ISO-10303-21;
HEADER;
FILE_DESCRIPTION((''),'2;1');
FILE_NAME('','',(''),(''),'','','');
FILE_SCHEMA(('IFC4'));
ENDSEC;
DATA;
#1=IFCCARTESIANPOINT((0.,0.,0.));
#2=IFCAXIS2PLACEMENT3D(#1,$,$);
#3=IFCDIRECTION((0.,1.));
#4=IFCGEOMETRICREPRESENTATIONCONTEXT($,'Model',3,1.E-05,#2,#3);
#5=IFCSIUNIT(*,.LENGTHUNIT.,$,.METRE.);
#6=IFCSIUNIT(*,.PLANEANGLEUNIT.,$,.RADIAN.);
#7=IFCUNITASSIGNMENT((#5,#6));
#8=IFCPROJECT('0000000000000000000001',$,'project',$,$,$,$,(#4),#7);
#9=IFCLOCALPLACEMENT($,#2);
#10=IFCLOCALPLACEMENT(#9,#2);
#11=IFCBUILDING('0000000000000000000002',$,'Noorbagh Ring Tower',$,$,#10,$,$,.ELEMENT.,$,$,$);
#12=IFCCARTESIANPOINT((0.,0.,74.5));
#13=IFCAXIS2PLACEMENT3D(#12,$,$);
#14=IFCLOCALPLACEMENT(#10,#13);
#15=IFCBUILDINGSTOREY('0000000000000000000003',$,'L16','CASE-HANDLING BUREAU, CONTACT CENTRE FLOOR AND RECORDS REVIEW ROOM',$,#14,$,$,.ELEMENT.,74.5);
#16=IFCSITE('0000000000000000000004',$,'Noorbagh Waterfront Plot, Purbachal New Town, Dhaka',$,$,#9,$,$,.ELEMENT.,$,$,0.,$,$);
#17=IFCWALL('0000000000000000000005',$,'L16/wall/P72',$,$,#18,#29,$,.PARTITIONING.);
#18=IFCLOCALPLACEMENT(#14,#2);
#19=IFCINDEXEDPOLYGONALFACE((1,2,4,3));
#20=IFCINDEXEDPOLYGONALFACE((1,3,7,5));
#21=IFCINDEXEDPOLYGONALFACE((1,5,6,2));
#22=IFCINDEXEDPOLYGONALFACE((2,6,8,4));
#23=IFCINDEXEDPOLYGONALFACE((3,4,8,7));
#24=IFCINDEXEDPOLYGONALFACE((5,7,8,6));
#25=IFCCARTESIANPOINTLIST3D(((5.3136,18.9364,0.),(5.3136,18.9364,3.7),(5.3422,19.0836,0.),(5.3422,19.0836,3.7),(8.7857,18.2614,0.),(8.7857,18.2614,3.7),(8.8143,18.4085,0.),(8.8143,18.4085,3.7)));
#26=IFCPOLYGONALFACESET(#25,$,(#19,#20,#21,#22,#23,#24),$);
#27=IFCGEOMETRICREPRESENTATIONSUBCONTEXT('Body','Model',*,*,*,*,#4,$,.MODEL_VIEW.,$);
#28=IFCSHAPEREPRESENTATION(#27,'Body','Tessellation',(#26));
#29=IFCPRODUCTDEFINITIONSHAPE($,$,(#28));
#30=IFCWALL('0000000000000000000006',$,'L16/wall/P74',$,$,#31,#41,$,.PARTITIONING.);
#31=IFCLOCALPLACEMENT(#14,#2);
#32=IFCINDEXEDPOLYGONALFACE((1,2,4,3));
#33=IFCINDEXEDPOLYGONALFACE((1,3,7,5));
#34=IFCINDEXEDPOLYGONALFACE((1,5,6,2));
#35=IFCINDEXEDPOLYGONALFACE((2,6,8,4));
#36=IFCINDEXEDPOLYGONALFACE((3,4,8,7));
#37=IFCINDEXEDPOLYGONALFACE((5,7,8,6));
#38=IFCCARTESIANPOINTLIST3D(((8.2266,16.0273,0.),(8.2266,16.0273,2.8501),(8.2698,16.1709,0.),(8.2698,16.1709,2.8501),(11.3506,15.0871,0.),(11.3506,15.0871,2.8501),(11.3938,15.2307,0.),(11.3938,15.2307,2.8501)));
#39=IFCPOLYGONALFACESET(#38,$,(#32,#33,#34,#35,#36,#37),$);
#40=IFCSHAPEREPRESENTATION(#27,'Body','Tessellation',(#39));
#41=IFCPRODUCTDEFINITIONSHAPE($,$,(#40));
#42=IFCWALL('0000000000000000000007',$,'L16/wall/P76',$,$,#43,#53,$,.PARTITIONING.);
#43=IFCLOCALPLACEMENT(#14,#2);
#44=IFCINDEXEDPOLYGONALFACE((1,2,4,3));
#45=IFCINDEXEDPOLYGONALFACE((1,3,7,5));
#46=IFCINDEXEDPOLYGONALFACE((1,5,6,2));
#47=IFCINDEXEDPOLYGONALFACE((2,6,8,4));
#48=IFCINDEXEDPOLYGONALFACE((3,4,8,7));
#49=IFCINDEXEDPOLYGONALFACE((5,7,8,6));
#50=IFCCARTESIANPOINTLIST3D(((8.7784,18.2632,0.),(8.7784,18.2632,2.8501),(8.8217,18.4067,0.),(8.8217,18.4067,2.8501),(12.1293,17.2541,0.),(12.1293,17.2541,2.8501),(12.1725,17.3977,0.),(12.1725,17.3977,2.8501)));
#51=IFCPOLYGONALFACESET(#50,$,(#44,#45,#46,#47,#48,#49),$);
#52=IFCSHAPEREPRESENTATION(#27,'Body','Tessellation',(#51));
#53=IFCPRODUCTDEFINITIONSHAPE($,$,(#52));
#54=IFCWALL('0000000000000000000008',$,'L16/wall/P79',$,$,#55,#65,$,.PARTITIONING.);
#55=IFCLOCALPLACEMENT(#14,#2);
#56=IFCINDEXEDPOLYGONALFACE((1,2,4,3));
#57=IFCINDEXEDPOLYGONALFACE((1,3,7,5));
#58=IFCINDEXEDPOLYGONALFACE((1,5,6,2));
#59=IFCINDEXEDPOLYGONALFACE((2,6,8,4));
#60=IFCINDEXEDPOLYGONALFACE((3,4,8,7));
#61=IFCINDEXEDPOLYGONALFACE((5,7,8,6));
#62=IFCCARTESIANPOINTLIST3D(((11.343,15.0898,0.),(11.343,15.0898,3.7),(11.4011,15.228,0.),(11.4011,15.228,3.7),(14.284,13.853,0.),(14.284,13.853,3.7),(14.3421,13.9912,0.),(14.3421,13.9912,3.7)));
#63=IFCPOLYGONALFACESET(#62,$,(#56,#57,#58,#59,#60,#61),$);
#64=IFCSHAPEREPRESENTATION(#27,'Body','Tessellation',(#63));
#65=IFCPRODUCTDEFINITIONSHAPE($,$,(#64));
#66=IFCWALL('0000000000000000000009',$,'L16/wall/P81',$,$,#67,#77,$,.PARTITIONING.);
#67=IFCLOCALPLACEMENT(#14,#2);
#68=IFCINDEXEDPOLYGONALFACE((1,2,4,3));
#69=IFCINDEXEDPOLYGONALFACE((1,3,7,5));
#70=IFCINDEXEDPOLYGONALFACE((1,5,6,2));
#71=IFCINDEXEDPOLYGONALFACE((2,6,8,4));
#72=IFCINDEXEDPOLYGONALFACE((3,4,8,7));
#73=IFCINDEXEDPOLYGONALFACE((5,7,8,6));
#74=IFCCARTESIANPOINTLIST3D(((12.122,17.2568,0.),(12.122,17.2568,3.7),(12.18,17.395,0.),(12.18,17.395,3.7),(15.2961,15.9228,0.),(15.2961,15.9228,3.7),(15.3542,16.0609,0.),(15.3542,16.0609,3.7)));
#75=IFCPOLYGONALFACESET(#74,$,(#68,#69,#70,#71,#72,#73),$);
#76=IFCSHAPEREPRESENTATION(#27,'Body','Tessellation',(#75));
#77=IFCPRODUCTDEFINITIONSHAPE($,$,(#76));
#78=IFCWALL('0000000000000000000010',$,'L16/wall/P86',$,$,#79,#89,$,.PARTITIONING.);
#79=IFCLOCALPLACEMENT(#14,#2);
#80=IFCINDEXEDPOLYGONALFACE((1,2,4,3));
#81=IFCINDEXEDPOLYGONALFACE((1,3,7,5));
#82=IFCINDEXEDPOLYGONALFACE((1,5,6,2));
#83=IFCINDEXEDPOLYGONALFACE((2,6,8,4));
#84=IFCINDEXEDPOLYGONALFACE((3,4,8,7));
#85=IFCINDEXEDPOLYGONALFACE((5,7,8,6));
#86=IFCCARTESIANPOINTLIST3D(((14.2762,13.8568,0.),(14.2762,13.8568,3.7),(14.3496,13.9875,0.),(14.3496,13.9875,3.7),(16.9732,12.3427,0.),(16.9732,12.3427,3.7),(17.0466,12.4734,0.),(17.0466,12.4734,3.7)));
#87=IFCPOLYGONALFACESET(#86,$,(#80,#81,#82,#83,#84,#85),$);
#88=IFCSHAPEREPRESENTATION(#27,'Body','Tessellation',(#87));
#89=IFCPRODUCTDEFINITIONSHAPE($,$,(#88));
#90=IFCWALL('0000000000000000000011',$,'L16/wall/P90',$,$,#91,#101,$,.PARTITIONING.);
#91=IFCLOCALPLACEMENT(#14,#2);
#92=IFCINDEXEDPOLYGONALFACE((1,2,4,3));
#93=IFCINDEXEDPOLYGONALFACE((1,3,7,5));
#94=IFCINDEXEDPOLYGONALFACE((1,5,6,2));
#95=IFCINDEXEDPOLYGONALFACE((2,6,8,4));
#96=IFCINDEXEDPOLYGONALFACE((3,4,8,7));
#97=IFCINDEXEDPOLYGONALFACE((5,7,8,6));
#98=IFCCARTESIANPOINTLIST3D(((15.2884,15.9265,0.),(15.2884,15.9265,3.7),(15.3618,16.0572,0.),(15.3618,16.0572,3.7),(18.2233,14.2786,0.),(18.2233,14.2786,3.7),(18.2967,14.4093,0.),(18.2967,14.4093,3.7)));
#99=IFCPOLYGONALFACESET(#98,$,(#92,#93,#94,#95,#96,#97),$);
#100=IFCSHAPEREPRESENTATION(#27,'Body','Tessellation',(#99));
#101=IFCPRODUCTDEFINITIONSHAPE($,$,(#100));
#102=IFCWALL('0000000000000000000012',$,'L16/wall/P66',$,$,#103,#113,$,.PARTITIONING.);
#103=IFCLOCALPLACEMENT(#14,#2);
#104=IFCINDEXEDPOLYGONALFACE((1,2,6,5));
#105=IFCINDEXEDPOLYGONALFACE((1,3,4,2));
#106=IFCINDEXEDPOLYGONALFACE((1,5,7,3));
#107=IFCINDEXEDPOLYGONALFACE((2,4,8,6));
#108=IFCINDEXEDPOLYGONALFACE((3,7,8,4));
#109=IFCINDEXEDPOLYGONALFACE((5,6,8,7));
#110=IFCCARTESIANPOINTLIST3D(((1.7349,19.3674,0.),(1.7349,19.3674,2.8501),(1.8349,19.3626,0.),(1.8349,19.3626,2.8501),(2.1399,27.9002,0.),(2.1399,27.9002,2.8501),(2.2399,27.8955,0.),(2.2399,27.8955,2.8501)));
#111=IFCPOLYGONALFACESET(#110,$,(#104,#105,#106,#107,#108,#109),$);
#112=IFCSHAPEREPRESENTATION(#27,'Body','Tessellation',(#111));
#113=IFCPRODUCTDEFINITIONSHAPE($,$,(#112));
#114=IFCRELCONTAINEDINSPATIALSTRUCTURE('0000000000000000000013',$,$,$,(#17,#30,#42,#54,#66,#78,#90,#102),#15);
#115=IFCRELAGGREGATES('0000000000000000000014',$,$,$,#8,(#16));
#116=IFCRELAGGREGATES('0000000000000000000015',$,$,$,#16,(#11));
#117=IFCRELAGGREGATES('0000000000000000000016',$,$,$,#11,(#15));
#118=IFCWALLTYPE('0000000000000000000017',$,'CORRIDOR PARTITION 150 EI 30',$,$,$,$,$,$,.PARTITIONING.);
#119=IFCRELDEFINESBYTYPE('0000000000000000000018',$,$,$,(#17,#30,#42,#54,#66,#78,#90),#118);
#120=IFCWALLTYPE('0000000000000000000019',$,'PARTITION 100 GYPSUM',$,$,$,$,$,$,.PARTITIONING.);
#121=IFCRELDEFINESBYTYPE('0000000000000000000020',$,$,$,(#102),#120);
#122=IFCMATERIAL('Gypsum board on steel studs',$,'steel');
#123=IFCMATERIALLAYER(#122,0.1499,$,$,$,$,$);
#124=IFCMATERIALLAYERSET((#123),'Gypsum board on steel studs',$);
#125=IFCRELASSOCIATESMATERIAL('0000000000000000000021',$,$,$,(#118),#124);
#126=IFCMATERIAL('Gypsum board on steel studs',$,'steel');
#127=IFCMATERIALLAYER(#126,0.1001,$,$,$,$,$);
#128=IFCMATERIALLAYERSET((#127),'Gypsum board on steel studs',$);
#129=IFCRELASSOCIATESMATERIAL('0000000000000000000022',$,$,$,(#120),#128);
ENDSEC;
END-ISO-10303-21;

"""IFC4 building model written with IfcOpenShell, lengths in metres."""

from ifc_helpers import new_model, si_unit, direction, frame, frame_2d, origin, place, context, subcontext, project, spatial, rectangle, extrude, material, layer, layer_set, type_object, element, save


model = new_model("IFC4")

# Units and contexts
model_context = context("Model", 3, precision=1e-05, world=origin(), true_north=direction((0.0, 1.0)))
body_context = subcontext(model_context, "Body", "Model", "MODEL_VIEW")
ifc_project = project(units=[si_unit("LENGTHUNIT", "METRE"), si_unit("PLANEANGLEUNIT", "RADIAN")], contexts=[model_context])

# Site, building, storey
site_placement = place(None, origin())
site = spatial("IfcSite", under=ifc_project, at=site_placement, Name="Noorbagh Waterfront Plot, Purbachal New Town, Dhaka", CompositionType="ELEMENT", RefElevation=0.0)
building_placement = place(site_placement, origin())
building = spatial("IfcBuilding", under=site, at=building_placement, Name="Noorbagh Ring Tower", CompositionType="ELEMENT")
storey_placement = place(building_placement, frame((0.0, 0.0, 74.5)))
storey = spatial("IfcBuildingStorey", under=building, at=storey_placement, Name="L16", Description="CASE-HANDLING BUREAU, CONTACT CENTRE FLOOR AND RECORDS REVIEW ROOM", CompositionType="ELEMENT", Elevation=74.5)

# Shared definitions
ifc_material_1 = material(Name="Gypsum board on steel studs", Category="steel")
ifc_layer_1 = layer(ifc_material_1, 0.1499)
ifc_layer_set_1 = layer_set([ifc_layer_1], Name="Gypsum board on steel studs")
wall_type_1 = type_object("IfcWallType", Name="CORRIDOR PARTITION 150 EI 30", PredefinedType="PARTITIONING", material=ifc_layer_set_1)

# Walls
wall_1_placement = place(storey_placement, frame((5.3279, 19.01, 0.0), z_axis=(0.0, 0.0, 1.0), x_axis=(0.98162, -0.190844, 0.0)))
element("IfcWall", 1, at=wall_1_placement, inside=storey, type_object=wall_type_1, Name="L16/wall/P72", PredefinedType="PARTITIONING", context=body_context, shape_type="SweptSolid", body=[
    extrude(rectangle(XDim=3.5371, YDim=0.1499, at=frame_2d((1.7686, 0.0))), origin(), (0.0, 0.0, 1.0), 3.7),
])
wall_2_placement = place(storey_placement, frame((8.248, 16.0991, 0.0), z_axis=(0.0, 0.0, 1.0), x_axis=(0.957575, -0.288185, 0.0)))
element("IfcWall", 2, at=wall_2_placement, inside=storey, type_object=wall_type_1, Name="L16/wall/P74", PredefinedType="PARTITIONING", context=body_context, shape_type="SweptSolid", body=[
    extrude(rectangle(XDim=3.2625, YDim=0.1499, at=frame_2d((1.6313, 0.0))), origin(), (0.0, 0.0, 1.0), 2.8501),
])
wall_3_placement = place(storey_placement, frame((8.8, 18.335, 0.0), z_axis=(0.0, 0.0, 1.0), x_axis=(0.957528, -0.28834, 0.0)))
element("IfcWall", 3, at=wall_3_placement, inside=storey, type_object=wall_type_1, Name="L16/wall/P76", PredefinedType="PARTITIONING", context=body_context, shape_type="SweptSolid", body=[
    extrude(rectangle(XDim=3.4995, YDim=0.1499, at=frame_2d((1.7498, 0.0))), origin(), (0.0, 0.0, 1.0), 2.8501),
])
wall_4_placement = place(storey_placement, frame((11.3721, 15.1589, 0.0), z_axis=(0.0, 0.0, 1.0), x_axis=(0.9218, -0.387667, 0.0)))
element("IfcWall", 4, at=wall_4_placement, inside=storey, type_object=wall_type_1, Name="L16/wall/P79", PredefinedType="PARTITIONING", context=body_context, shape_type="SweptSolid", body=[
    extrude(rectangle(XDim=3.1904, YDim=0.1499, at=frame_2d((1.5952, 0.0))), origin(), (0.0, 0.0, 1.0), 3.7),
])
wall_5_placement = place(storey_placement, frame((12.1509, 17.3259, 0.0), z_axis=(0.0, 0.0, 1.0), x_axis=(0.921891, -0.387448, 0.0)))
element("IfcWall", 5, at=wall_5_placement, inside=storey, type_object=wall_type_1, Name="L16/wall/P81", PredefinedType="PARTITIONING", context=body_context, shape_type="SweptSolid", body=[
    extrude(rectangle(XDim=3.4431, YDim=0.1499, at=frame_2d((1.7217, 0.0))), origin(), (0.0, 0.0, 1.0), 3.7),
])
wall_6_placement = place(storey_placement, frame((14.313, 13.9221, 0.0), z_axis=(0.0, 0.0, 1.0), x_axis=(0.871978, -0.489545, 0.0)))
element("IfcWall", 6, at=wall_6_placement, inside=storey, type_object=wall_type_1, Name="L16/wall/P86", PredefinedType="PARTITIONING", context=body_context, shape_type="SweptSolid", body=[
    extrude(rectangle(XDim=3.093, YDim=0.1499, at=frame_2d((1.5464, 0.0))), origin(), (0.0, 0.0, 1.0), 3.7),
])
wall_7_placement = place(storey_placement, frame((15.325, 15.9919, 0.0), z_axis=(0.0, 0.0, 1.0), x_axis=(0.871959, -0.489579, 0.0)))
element("IfcWall", 7, at=wall_7_placement, inside=storey, type_object=wall_type_1, Name="L16/wall/P90", PredefinedType="PARTITIONING", context=body_context, shape_type="SweptSolid", body=[
    extrude(rectangle(XDim=3.366, YDim=0.1499, at=frame_2d((1.6831, 0.0))), origin(), (0.0, 0.0, 1.0), 3.7),
])
ifc_material_2 = material(Name="Gypsum board on steel studs", Category="steel")
ifc_layer_2 = layer(ifc_material_2, 0.1001)
ifc_layer_set_2 = layer_set([ifc_layer_2], Name="Gypsum board on steel studs")
wall_type_2 = type_object("IfcWallType", Name="PARTITION 100 GYPSUM", PredefinedType="PARTITIONING", material=ifc_layer_set_2)
wall_8_placement = place(storey_placement, frame((1.7849, 19.365, 0.0), z_axis=(0.0, 0.0, 1.0), x_axis=(0.047413, 0.998875, 0.0)))
element("IfcWall", 8, at=wall_8_placement, inside=storey, type_object=wall_type_2, Name="L16/wall/P66", PredefinedType="PARTITIONING", context=body_context, shape_type="SweptSolid", body=[
    extrude(rectangle(XDim=8.5425, YDim=0.1001, at=frame_2d((4.2712, 0.0))), origin(), (0.0, 0.0, 1.0), 2.8501),
])

save(model, "model.ifc")
